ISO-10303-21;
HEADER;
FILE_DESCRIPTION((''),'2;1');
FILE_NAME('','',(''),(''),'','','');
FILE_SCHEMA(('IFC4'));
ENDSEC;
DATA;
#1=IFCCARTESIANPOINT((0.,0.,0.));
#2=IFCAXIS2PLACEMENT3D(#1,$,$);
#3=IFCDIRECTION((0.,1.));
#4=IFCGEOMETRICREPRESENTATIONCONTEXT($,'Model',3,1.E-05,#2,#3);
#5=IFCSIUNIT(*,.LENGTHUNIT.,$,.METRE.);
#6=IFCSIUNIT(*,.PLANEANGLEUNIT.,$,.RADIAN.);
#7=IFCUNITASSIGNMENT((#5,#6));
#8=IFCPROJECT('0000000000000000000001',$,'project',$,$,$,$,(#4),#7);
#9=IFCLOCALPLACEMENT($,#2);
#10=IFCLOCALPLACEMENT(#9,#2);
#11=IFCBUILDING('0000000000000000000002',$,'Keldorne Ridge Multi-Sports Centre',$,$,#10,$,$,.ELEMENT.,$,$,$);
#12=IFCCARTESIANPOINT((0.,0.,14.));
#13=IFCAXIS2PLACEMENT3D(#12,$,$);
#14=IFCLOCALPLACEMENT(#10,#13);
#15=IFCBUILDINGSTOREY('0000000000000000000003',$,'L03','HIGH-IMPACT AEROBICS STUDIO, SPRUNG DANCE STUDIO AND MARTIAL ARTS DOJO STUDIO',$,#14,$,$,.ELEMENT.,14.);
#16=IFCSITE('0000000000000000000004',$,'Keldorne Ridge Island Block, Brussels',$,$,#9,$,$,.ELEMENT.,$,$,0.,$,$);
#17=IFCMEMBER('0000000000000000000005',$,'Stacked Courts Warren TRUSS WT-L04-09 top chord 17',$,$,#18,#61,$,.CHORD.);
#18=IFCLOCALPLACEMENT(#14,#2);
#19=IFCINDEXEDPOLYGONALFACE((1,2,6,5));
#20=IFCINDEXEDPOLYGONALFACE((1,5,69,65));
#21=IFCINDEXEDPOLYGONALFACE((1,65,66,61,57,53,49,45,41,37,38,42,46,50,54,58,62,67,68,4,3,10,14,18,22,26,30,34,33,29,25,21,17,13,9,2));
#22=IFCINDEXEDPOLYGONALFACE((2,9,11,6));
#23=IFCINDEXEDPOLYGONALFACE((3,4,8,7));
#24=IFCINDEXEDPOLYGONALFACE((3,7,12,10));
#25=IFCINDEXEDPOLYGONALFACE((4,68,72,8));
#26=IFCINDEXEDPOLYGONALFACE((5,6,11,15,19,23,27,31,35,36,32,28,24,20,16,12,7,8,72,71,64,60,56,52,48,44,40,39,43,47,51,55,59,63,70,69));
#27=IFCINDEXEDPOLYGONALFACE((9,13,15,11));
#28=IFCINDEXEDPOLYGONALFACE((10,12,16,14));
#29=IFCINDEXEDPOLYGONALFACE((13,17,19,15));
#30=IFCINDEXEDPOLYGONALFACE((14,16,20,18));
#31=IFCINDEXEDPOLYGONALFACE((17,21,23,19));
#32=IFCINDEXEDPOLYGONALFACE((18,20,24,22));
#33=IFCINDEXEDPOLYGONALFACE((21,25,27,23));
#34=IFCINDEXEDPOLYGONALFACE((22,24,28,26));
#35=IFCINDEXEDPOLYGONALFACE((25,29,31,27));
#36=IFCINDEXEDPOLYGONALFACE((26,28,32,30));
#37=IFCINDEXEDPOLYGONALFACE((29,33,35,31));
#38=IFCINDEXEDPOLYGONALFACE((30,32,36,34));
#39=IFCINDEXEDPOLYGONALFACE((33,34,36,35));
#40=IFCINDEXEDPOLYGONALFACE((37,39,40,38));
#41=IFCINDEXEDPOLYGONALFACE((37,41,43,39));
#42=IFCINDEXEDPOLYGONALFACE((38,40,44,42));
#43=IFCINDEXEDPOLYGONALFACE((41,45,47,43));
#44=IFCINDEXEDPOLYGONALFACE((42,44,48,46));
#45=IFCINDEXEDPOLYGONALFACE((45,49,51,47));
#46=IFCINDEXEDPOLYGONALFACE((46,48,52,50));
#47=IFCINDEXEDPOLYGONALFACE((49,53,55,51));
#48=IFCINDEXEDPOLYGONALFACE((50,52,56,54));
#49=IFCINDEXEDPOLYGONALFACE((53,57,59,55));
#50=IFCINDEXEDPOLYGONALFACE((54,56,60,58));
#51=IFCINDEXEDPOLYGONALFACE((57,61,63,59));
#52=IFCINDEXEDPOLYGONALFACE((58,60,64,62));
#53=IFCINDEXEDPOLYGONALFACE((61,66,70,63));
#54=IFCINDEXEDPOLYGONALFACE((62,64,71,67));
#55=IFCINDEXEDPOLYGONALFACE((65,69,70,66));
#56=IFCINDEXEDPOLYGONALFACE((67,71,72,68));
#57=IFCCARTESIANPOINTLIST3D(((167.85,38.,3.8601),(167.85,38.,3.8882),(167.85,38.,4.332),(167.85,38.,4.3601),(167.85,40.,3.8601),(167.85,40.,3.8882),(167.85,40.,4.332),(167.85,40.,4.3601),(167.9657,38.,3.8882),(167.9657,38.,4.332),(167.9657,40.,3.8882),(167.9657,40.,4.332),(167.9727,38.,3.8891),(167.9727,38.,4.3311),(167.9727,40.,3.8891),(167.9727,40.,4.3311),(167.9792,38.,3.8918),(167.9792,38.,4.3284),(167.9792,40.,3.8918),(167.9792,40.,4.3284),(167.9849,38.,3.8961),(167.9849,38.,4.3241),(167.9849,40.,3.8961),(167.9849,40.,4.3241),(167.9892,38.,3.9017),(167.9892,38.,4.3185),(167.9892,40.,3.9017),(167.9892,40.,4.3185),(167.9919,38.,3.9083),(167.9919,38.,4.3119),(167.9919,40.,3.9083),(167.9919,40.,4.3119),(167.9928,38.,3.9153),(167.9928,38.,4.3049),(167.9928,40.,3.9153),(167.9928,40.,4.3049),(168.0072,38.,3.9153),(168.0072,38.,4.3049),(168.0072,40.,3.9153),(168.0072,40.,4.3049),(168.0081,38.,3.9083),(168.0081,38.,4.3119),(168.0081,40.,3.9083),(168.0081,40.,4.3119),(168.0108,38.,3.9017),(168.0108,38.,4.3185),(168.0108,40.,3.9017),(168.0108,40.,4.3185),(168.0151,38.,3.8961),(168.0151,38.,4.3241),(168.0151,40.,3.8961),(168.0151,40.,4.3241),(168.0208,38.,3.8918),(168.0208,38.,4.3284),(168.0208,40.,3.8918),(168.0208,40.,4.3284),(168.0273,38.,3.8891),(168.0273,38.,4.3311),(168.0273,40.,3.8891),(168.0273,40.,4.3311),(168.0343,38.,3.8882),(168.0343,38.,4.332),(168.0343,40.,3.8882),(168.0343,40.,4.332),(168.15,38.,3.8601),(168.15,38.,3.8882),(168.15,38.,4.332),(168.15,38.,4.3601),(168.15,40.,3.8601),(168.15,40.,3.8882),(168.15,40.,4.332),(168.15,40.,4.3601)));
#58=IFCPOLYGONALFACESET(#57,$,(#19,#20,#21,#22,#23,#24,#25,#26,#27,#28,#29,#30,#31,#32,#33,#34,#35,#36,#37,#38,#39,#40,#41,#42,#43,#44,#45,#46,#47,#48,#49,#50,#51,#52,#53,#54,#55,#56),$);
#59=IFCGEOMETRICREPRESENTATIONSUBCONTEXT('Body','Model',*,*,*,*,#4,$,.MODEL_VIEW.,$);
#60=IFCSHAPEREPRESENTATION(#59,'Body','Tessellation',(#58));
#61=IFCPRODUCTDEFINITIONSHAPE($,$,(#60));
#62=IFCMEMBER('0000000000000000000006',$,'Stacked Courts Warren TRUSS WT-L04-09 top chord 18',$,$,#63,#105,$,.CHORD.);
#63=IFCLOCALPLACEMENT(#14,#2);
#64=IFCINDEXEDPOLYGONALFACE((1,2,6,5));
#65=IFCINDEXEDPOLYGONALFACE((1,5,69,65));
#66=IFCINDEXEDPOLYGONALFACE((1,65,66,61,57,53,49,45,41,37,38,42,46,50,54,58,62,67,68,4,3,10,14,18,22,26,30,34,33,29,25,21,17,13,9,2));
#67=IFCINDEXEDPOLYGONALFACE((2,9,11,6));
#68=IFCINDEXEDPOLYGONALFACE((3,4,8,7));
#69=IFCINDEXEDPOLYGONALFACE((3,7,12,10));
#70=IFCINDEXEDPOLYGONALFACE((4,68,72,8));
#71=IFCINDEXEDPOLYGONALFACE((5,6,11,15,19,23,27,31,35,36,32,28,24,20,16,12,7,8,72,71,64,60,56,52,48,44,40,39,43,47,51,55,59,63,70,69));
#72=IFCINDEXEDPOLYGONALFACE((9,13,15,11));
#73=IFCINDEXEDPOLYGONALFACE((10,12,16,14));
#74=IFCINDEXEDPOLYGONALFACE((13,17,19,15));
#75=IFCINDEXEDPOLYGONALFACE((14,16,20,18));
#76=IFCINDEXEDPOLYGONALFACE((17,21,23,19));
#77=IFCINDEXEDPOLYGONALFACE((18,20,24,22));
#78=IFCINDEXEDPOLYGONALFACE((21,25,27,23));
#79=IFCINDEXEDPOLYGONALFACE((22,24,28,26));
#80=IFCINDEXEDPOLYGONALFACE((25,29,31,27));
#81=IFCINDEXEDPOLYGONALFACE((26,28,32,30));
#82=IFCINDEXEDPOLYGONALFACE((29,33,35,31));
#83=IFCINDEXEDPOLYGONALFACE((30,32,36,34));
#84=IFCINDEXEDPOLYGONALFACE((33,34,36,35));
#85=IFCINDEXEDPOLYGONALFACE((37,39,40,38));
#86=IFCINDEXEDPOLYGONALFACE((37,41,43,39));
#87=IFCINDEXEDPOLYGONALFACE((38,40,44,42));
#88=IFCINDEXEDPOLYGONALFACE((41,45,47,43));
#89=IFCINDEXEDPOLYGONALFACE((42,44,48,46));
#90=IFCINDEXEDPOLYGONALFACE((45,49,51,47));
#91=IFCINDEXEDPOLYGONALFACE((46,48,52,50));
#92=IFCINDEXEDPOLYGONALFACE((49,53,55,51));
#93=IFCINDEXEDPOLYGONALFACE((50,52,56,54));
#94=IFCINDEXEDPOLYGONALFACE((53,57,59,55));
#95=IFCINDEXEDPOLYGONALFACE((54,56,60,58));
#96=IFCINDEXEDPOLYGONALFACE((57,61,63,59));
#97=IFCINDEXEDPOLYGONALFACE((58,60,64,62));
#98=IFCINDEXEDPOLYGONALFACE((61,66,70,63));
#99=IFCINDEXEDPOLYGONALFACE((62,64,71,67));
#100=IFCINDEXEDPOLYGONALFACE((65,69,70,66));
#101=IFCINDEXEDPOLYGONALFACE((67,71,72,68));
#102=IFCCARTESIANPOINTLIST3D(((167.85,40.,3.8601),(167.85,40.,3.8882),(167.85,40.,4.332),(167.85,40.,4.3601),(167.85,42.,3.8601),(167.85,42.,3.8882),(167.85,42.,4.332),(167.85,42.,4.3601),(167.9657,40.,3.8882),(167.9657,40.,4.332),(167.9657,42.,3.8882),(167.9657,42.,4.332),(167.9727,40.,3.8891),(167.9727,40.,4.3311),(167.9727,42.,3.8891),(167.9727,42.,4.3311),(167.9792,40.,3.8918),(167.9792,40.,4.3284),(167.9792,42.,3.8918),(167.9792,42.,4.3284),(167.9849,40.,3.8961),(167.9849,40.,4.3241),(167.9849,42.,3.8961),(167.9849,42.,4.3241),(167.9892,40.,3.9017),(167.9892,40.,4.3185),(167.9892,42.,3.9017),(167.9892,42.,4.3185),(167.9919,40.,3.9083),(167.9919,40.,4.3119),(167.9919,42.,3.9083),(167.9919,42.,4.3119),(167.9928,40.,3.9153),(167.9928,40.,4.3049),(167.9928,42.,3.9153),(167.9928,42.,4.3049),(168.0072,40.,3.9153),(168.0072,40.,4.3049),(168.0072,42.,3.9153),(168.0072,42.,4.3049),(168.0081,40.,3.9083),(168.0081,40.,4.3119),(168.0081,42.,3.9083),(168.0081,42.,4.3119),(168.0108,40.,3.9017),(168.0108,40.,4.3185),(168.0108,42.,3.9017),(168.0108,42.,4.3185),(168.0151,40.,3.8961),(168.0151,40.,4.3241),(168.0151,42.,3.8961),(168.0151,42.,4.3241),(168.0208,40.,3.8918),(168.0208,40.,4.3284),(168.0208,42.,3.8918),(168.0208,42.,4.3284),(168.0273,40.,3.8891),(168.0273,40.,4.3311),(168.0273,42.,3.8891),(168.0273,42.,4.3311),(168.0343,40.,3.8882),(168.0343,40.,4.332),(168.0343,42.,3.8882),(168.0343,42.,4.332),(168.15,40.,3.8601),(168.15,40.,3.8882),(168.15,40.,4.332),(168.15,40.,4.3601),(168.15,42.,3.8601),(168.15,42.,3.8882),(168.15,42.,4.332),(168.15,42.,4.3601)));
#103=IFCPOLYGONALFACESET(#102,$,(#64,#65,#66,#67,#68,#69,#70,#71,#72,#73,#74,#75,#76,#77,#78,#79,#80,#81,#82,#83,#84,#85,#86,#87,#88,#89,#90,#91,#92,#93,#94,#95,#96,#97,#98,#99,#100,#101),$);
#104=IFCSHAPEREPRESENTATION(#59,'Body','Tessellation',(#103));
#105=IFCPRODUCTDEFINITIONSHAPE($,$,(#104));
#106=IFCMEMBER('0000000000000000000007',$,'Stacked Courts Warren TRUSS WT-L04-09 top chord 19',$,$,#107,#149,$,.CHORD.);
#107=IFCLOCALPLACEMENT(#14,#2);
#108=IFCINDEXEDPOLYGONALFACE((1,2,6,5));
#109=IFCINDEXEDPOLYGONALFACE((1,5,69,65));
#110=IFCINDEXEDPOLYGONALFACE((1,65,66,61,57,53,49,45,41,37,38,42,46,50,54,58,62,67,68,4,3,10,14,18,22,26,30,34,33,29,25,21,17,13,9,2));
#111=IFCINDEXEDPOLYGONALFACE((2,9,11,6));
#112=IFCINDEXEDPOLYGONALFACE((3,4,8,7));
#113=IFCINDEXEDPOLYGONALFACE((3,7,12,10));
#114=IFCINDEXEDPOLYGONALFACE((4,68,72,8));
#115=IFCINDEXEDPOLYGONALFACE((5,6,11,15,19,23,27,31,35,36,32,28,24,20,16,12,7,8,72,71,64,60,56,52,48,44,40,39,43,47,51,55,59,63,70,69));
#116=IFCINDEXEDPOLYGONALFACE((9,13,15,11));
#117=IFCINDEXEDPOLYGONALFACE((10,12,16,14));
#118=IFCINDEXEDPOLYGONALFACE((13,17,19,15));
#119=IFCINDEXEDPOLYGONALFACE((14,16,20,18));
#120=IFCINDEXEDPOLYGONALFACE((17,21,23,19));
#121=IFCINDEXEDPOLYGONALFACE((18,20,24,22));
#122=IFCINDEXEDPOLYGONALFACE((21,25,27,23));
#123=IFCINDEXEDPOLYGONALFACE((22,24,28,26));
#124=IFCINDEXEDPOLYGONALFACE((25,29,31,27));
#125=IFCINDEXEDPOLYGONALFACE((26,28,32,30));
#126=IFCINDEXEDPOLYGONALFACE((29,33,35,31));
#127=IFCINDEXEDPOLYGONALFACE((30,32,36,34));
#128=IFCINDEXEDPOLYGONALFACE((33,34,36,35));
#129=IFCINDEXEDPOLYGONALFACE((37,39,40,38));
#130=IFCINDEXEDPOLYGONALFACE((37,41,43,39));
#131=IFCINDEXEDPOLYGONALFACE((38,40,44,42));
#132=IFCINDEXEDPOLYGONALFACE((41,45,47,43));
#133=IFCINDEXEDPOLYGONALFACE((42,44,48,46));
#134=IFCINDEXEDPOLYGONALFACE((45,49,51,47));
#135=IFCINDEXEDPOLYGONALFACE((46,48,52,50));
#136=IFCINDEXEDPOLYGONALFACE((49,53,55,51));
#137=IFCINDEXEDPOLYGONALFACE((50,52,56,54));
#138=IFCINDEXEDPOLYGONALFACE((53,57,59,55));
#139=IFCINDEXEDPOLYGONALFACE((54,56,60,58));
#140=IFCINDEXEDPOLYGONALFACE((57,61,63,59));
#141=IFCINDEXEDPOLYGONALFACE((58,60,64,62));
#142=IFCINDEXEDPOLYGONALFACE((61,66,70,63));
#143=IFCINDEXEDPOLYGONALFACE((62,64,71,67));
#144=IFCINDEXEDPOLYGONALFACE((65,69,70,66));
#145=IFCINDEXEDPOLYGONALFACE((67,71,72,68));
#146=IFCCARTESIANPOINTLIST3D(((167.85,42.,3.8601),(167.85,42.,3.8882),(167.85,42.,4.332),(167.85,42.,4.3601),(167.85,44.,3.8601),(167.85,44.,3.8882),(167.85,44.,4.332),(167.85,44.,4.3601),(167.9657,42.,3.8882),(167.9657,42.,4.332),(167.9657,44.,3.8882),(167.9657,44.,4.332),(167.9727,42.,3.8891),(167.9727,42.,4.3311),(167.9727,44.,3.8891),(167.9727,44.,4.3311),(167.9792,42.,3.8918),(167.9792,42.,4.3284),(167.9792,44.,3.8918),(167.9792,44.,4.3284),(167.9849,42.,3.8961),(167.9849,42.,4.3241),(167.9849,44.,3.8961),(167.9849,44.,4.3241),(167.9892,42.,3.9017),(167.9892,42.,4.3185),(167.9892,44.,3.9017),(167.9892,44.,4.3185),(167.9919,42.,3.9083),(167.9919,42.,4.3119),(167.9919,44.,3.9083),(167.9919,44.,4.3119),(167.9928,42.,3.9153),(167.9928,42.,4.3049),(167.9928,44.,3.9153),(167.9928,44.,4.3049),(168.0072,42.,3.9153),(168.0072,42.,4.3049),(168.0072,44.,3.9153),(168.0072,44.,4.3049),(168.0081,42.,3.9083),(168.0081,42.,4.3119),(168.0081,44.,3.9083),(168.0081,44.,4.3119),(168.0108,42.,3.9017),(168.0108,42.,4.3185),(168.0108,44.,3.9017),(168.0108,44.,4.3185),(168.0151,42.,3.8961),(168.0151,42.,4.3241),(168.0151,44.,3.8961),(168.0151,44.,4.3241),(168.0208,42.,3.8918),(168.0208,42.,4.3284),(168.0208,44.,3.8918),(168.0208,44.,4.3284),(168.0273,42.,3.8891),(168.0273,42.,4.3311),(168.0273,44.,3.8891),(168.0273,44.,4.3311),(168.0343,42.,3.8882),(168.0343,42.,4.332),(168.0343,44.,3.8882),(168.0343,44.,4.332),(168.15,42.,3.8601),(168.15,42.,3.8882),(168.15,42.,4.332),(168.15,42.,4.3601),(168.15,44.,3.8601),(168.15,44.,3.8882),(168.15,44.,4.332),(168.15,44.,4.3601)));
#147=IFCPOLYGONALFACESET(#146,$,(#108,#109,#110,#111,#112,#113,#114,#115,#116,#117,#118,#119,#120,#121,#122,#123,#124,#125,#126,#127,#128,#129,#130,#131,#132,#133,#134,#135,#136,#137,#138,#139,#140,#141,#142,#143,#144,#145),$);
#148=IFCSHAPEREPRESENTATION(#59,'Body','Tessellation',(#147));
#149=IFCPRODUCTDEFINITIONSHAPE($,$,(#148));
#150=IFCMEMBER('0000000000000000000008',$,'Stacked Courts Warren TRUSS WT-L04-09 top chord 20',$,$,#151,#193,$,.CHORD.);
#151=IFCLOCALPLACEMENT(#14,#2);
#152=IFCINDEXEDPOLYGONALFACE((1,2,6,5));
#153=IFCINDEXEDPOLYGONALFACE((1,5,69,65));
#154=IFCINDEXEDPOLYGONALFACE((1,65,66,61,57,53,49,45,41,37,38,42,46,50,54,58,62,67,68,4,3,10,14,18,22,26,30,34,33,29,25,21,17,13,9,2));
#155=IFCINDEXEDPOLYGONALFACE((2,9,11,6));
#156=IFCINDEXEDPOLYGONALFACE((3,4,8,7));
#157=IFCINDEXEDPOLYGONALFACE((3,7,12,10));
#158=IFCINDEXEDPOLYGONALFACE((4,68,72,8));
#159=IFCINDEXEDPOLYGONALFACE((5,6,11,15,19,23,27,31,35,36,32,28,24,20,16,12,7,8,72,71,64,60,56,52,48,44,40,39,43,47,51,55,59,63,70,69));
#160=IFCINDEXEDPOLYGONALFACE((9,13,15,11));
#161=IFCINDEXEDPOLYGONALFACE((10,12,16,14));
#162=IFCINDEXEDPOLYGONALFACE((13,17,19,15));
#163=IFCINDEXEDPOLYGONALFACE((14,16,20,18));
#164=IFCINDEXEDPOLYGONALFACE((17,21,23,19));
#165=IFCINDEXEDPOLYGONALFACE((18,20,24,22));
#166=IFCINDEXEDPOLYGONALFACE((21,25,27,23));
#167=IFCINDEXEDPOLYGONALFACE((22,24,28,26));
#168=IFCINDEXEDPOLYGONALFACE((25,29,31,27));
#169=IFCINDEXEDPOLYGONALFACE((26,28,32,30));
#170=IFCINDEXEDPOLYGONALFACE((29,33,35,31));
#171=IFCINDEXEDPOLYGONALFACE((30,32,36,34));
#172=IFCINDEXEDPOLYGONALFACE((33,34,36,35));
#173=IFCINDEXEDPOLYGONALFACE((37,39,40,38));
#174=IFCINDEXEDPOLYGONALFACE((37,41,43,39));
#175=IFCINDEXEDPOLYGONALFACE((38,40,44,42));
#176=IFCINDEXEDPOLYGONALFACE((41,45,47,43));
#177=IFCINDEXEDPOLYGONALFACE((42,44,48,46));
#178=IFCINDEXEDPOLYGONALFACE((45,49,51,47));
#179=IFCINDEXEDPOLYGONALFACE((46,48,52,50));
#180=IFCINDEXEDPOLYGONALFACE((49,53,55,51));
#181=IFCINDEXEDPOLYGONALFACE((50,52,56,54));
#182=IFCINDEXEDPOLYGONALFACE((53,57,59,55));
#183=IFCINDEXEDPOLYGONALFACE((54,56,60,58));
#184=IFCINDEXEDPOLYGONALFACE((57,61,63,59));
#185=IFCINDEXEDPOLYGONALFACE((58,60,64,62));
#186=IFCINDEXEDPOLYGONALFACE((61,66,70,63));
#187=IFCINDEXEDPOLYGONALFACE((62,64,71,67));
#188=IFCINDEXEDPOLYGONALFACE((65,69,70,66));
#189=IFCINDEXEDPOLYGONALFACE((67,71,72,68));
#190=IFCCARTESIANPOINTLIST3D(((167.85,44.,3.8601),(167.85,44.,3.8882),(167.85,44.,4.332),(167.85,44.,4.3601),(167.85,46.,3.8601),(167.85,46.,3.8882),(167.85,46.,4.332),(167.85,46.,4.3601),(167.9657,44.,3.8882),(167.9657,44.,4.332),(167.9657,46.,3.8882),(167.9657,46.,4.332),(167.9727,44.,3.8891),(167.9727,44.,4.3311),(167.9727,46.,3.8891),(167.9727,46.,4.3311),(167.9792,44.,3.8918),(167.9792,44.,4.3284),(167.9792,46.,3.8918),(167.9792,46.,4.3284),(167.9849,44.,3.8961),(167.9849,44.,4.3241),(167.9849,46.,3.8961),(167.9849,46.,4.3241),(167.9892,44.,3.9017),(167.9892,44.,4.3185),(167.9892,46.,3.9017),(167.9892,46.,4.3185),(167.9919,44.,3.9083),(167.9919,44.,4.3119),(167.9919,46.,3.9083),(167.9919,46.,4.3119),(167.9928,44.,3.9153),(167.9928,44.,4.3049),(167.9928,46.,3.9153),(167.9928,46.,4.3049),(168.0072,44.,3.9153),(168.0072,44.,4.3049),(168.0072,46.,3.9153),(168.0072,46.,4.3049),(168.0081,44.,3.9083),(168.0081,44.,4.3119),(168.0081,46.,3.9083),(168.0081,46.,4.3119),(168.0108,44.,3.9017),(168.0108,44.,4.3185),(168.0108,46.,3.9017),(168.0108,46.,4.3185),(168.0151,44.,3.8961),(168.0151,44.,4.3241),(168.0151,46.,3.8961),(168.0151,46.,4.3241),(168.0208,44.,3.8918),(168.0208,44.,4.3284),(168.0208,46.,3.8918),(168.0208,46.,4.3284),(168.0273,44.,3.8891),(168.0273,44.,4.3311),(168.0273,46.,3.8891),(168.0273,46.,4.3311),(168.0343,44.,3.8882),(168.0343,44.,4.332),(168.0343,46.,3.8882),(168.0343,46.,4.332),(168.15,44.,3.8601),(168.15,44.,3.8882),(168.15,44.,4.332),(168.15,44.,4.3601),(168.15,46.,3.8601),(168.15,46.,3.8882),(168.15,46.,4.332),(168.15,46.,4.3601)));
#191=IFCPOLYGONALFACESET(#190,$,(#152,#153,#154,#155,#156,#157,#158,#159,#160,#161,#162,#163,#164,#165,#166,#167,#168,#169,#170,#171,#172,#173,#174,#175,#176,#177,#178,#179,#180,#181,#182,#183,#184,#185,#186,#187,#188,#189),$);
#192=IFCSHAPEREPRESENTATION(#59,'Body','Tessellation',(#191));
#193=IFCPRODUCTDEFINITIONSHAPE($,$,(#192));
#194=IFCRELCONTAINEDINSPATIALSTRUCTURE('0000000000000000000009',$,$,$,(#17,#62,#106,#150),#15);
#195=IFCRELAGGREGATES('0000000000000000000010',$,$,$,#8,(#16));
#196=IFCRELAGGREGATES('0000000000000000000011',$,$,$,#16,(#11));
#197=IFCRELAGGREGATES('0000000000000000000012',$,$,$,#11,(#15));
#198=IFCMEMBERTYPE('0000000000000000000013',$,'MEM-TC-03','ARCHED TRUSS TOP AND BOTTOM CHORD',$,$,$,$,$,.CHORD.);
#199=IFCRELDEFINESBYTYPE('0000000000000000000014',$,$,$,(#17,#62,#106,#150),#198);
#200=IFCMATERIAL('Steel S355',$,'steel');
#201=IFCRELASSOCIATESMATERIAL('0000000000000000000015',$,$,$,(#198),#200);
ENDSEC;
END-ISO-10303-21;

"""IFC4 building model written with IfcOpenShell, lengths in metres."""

from ifc_helpers import new_model, si_unit, direction, frame, origin, origin_2d, place, context, subcontext, project, spatial, i_section, extrude, material, material_profile, profile_set, type_object, element, save


model = new_model("IFC4")

# Units and contexts
model_context = context("Model", 3, precision=1e-05, world=origin(), true_north=direction((0.0, 1.0)))
body_context = subcontext(model_context, "Body", "Model", "MODEL_VIEW")
ifc_project = project(units=[si_unit("LENGTHUNIT", "METRE"), si_unit("PLANEANGLEUNIT", "RADIAN")], contexts=[model_context])

# Site, building, storey
site_placement = place(None, origin())
site = spatial("IfcSite", under=ifc_project, at=site_placement, Name="Keldorne Ridge Island Block, Brussels", CompositionType="ELEMENT", RefElevation=0.0)
building_placement = place(site_placement, origin())
building = spatial("IfcBuilding", under=site, at=building_placement, Name="Keldorne Ridge Multi-Sports Centre", CompositionType="ELEMENT")
storey_placement = place(building_placement, frame((0.0, 0.0, 14.0)))
storey = spatial("IfcBuildingStorey", under=building, at=storey_placement, Name="L03", Description="HIGH-IMPACT AEROBICS STUDIO, SPRUNG DANCE STUDIO AND MARTIAL ARTS DOJO STUDIO", CompositionType="ELEMENT", Elevation=14.0)

# Shared definitions
ifc_material_1 = material(Name="Steel S355", Category="steel")

# Members
ifc_material_profile_1 = material_profile(ifc_material_1, i_section(OverallWidth=0.3, OverallDepth=0.5, WebThickness=0.0144, FlangeThickness=0.0281, FilletRadius=0.0271, at=origin_2d()), Name="HEB 500")
ifc_profile_set_1 = profile_set([ifc_material_profile_1], Name="Steel S355")
member_type_1 = type_object("IfcMemberType", Name="MEM-TC-03", Description="ARCHED TRUSS TOP AND BOTTOM CHORD", PredefinedType="CHORD", material=ifc_profile_set_1)
for number, where, z_axis, x_axis, name in (
    (1, (168.0, 38.0, 4.1101), (0.0, 1.0, 0.0), (-1.0, 0.0, 0.0), "Stacked Courts Warren TRUSS WT-L04-09 top chord 17"),
    (2, (168.0, 40.0, 4.1101), (0.0, 1.0, 0.0), (-1.0, 0.0, 0.0), "Stacked Courts Warren TRUSS WT-L04-09 top chord 18"),
    (3, (168.0, 42.0, 4.1101), (0.0, 1.0, 0.0), (-1.0, 0.0, 0.0), "Stacked Courts Warren TRUSS WT-L04-09 top chord 19"),
    (4, (168.0, 44.0, 4.1101), (0.0, 1.0, 0.0), (-1.0, 0.0, 0.0), "Stacked Courts Warren TRUSS WT-L04-09 top chord 20"),
):
    element("IfcMember", number, at=place(storey_placement, frame(where, z_axis=z_axis, x_axis=x_axis)), inside=storey, type_object=member_type_1, Name=name, PredefinedType="CHORD", context=body_context, shape_type="SweptSolid", body=[
        extrude(i_section(OverallWidth=0.3, OverallDepth=0.5, WebThickness=0.0144, FlangeThickness=0.0281, FilletRadius=0.0271, at=origin_2d()), origin(), (0.0, 0.0, 1.0), 2.0),
    ])

save(model, "model.ifc")
